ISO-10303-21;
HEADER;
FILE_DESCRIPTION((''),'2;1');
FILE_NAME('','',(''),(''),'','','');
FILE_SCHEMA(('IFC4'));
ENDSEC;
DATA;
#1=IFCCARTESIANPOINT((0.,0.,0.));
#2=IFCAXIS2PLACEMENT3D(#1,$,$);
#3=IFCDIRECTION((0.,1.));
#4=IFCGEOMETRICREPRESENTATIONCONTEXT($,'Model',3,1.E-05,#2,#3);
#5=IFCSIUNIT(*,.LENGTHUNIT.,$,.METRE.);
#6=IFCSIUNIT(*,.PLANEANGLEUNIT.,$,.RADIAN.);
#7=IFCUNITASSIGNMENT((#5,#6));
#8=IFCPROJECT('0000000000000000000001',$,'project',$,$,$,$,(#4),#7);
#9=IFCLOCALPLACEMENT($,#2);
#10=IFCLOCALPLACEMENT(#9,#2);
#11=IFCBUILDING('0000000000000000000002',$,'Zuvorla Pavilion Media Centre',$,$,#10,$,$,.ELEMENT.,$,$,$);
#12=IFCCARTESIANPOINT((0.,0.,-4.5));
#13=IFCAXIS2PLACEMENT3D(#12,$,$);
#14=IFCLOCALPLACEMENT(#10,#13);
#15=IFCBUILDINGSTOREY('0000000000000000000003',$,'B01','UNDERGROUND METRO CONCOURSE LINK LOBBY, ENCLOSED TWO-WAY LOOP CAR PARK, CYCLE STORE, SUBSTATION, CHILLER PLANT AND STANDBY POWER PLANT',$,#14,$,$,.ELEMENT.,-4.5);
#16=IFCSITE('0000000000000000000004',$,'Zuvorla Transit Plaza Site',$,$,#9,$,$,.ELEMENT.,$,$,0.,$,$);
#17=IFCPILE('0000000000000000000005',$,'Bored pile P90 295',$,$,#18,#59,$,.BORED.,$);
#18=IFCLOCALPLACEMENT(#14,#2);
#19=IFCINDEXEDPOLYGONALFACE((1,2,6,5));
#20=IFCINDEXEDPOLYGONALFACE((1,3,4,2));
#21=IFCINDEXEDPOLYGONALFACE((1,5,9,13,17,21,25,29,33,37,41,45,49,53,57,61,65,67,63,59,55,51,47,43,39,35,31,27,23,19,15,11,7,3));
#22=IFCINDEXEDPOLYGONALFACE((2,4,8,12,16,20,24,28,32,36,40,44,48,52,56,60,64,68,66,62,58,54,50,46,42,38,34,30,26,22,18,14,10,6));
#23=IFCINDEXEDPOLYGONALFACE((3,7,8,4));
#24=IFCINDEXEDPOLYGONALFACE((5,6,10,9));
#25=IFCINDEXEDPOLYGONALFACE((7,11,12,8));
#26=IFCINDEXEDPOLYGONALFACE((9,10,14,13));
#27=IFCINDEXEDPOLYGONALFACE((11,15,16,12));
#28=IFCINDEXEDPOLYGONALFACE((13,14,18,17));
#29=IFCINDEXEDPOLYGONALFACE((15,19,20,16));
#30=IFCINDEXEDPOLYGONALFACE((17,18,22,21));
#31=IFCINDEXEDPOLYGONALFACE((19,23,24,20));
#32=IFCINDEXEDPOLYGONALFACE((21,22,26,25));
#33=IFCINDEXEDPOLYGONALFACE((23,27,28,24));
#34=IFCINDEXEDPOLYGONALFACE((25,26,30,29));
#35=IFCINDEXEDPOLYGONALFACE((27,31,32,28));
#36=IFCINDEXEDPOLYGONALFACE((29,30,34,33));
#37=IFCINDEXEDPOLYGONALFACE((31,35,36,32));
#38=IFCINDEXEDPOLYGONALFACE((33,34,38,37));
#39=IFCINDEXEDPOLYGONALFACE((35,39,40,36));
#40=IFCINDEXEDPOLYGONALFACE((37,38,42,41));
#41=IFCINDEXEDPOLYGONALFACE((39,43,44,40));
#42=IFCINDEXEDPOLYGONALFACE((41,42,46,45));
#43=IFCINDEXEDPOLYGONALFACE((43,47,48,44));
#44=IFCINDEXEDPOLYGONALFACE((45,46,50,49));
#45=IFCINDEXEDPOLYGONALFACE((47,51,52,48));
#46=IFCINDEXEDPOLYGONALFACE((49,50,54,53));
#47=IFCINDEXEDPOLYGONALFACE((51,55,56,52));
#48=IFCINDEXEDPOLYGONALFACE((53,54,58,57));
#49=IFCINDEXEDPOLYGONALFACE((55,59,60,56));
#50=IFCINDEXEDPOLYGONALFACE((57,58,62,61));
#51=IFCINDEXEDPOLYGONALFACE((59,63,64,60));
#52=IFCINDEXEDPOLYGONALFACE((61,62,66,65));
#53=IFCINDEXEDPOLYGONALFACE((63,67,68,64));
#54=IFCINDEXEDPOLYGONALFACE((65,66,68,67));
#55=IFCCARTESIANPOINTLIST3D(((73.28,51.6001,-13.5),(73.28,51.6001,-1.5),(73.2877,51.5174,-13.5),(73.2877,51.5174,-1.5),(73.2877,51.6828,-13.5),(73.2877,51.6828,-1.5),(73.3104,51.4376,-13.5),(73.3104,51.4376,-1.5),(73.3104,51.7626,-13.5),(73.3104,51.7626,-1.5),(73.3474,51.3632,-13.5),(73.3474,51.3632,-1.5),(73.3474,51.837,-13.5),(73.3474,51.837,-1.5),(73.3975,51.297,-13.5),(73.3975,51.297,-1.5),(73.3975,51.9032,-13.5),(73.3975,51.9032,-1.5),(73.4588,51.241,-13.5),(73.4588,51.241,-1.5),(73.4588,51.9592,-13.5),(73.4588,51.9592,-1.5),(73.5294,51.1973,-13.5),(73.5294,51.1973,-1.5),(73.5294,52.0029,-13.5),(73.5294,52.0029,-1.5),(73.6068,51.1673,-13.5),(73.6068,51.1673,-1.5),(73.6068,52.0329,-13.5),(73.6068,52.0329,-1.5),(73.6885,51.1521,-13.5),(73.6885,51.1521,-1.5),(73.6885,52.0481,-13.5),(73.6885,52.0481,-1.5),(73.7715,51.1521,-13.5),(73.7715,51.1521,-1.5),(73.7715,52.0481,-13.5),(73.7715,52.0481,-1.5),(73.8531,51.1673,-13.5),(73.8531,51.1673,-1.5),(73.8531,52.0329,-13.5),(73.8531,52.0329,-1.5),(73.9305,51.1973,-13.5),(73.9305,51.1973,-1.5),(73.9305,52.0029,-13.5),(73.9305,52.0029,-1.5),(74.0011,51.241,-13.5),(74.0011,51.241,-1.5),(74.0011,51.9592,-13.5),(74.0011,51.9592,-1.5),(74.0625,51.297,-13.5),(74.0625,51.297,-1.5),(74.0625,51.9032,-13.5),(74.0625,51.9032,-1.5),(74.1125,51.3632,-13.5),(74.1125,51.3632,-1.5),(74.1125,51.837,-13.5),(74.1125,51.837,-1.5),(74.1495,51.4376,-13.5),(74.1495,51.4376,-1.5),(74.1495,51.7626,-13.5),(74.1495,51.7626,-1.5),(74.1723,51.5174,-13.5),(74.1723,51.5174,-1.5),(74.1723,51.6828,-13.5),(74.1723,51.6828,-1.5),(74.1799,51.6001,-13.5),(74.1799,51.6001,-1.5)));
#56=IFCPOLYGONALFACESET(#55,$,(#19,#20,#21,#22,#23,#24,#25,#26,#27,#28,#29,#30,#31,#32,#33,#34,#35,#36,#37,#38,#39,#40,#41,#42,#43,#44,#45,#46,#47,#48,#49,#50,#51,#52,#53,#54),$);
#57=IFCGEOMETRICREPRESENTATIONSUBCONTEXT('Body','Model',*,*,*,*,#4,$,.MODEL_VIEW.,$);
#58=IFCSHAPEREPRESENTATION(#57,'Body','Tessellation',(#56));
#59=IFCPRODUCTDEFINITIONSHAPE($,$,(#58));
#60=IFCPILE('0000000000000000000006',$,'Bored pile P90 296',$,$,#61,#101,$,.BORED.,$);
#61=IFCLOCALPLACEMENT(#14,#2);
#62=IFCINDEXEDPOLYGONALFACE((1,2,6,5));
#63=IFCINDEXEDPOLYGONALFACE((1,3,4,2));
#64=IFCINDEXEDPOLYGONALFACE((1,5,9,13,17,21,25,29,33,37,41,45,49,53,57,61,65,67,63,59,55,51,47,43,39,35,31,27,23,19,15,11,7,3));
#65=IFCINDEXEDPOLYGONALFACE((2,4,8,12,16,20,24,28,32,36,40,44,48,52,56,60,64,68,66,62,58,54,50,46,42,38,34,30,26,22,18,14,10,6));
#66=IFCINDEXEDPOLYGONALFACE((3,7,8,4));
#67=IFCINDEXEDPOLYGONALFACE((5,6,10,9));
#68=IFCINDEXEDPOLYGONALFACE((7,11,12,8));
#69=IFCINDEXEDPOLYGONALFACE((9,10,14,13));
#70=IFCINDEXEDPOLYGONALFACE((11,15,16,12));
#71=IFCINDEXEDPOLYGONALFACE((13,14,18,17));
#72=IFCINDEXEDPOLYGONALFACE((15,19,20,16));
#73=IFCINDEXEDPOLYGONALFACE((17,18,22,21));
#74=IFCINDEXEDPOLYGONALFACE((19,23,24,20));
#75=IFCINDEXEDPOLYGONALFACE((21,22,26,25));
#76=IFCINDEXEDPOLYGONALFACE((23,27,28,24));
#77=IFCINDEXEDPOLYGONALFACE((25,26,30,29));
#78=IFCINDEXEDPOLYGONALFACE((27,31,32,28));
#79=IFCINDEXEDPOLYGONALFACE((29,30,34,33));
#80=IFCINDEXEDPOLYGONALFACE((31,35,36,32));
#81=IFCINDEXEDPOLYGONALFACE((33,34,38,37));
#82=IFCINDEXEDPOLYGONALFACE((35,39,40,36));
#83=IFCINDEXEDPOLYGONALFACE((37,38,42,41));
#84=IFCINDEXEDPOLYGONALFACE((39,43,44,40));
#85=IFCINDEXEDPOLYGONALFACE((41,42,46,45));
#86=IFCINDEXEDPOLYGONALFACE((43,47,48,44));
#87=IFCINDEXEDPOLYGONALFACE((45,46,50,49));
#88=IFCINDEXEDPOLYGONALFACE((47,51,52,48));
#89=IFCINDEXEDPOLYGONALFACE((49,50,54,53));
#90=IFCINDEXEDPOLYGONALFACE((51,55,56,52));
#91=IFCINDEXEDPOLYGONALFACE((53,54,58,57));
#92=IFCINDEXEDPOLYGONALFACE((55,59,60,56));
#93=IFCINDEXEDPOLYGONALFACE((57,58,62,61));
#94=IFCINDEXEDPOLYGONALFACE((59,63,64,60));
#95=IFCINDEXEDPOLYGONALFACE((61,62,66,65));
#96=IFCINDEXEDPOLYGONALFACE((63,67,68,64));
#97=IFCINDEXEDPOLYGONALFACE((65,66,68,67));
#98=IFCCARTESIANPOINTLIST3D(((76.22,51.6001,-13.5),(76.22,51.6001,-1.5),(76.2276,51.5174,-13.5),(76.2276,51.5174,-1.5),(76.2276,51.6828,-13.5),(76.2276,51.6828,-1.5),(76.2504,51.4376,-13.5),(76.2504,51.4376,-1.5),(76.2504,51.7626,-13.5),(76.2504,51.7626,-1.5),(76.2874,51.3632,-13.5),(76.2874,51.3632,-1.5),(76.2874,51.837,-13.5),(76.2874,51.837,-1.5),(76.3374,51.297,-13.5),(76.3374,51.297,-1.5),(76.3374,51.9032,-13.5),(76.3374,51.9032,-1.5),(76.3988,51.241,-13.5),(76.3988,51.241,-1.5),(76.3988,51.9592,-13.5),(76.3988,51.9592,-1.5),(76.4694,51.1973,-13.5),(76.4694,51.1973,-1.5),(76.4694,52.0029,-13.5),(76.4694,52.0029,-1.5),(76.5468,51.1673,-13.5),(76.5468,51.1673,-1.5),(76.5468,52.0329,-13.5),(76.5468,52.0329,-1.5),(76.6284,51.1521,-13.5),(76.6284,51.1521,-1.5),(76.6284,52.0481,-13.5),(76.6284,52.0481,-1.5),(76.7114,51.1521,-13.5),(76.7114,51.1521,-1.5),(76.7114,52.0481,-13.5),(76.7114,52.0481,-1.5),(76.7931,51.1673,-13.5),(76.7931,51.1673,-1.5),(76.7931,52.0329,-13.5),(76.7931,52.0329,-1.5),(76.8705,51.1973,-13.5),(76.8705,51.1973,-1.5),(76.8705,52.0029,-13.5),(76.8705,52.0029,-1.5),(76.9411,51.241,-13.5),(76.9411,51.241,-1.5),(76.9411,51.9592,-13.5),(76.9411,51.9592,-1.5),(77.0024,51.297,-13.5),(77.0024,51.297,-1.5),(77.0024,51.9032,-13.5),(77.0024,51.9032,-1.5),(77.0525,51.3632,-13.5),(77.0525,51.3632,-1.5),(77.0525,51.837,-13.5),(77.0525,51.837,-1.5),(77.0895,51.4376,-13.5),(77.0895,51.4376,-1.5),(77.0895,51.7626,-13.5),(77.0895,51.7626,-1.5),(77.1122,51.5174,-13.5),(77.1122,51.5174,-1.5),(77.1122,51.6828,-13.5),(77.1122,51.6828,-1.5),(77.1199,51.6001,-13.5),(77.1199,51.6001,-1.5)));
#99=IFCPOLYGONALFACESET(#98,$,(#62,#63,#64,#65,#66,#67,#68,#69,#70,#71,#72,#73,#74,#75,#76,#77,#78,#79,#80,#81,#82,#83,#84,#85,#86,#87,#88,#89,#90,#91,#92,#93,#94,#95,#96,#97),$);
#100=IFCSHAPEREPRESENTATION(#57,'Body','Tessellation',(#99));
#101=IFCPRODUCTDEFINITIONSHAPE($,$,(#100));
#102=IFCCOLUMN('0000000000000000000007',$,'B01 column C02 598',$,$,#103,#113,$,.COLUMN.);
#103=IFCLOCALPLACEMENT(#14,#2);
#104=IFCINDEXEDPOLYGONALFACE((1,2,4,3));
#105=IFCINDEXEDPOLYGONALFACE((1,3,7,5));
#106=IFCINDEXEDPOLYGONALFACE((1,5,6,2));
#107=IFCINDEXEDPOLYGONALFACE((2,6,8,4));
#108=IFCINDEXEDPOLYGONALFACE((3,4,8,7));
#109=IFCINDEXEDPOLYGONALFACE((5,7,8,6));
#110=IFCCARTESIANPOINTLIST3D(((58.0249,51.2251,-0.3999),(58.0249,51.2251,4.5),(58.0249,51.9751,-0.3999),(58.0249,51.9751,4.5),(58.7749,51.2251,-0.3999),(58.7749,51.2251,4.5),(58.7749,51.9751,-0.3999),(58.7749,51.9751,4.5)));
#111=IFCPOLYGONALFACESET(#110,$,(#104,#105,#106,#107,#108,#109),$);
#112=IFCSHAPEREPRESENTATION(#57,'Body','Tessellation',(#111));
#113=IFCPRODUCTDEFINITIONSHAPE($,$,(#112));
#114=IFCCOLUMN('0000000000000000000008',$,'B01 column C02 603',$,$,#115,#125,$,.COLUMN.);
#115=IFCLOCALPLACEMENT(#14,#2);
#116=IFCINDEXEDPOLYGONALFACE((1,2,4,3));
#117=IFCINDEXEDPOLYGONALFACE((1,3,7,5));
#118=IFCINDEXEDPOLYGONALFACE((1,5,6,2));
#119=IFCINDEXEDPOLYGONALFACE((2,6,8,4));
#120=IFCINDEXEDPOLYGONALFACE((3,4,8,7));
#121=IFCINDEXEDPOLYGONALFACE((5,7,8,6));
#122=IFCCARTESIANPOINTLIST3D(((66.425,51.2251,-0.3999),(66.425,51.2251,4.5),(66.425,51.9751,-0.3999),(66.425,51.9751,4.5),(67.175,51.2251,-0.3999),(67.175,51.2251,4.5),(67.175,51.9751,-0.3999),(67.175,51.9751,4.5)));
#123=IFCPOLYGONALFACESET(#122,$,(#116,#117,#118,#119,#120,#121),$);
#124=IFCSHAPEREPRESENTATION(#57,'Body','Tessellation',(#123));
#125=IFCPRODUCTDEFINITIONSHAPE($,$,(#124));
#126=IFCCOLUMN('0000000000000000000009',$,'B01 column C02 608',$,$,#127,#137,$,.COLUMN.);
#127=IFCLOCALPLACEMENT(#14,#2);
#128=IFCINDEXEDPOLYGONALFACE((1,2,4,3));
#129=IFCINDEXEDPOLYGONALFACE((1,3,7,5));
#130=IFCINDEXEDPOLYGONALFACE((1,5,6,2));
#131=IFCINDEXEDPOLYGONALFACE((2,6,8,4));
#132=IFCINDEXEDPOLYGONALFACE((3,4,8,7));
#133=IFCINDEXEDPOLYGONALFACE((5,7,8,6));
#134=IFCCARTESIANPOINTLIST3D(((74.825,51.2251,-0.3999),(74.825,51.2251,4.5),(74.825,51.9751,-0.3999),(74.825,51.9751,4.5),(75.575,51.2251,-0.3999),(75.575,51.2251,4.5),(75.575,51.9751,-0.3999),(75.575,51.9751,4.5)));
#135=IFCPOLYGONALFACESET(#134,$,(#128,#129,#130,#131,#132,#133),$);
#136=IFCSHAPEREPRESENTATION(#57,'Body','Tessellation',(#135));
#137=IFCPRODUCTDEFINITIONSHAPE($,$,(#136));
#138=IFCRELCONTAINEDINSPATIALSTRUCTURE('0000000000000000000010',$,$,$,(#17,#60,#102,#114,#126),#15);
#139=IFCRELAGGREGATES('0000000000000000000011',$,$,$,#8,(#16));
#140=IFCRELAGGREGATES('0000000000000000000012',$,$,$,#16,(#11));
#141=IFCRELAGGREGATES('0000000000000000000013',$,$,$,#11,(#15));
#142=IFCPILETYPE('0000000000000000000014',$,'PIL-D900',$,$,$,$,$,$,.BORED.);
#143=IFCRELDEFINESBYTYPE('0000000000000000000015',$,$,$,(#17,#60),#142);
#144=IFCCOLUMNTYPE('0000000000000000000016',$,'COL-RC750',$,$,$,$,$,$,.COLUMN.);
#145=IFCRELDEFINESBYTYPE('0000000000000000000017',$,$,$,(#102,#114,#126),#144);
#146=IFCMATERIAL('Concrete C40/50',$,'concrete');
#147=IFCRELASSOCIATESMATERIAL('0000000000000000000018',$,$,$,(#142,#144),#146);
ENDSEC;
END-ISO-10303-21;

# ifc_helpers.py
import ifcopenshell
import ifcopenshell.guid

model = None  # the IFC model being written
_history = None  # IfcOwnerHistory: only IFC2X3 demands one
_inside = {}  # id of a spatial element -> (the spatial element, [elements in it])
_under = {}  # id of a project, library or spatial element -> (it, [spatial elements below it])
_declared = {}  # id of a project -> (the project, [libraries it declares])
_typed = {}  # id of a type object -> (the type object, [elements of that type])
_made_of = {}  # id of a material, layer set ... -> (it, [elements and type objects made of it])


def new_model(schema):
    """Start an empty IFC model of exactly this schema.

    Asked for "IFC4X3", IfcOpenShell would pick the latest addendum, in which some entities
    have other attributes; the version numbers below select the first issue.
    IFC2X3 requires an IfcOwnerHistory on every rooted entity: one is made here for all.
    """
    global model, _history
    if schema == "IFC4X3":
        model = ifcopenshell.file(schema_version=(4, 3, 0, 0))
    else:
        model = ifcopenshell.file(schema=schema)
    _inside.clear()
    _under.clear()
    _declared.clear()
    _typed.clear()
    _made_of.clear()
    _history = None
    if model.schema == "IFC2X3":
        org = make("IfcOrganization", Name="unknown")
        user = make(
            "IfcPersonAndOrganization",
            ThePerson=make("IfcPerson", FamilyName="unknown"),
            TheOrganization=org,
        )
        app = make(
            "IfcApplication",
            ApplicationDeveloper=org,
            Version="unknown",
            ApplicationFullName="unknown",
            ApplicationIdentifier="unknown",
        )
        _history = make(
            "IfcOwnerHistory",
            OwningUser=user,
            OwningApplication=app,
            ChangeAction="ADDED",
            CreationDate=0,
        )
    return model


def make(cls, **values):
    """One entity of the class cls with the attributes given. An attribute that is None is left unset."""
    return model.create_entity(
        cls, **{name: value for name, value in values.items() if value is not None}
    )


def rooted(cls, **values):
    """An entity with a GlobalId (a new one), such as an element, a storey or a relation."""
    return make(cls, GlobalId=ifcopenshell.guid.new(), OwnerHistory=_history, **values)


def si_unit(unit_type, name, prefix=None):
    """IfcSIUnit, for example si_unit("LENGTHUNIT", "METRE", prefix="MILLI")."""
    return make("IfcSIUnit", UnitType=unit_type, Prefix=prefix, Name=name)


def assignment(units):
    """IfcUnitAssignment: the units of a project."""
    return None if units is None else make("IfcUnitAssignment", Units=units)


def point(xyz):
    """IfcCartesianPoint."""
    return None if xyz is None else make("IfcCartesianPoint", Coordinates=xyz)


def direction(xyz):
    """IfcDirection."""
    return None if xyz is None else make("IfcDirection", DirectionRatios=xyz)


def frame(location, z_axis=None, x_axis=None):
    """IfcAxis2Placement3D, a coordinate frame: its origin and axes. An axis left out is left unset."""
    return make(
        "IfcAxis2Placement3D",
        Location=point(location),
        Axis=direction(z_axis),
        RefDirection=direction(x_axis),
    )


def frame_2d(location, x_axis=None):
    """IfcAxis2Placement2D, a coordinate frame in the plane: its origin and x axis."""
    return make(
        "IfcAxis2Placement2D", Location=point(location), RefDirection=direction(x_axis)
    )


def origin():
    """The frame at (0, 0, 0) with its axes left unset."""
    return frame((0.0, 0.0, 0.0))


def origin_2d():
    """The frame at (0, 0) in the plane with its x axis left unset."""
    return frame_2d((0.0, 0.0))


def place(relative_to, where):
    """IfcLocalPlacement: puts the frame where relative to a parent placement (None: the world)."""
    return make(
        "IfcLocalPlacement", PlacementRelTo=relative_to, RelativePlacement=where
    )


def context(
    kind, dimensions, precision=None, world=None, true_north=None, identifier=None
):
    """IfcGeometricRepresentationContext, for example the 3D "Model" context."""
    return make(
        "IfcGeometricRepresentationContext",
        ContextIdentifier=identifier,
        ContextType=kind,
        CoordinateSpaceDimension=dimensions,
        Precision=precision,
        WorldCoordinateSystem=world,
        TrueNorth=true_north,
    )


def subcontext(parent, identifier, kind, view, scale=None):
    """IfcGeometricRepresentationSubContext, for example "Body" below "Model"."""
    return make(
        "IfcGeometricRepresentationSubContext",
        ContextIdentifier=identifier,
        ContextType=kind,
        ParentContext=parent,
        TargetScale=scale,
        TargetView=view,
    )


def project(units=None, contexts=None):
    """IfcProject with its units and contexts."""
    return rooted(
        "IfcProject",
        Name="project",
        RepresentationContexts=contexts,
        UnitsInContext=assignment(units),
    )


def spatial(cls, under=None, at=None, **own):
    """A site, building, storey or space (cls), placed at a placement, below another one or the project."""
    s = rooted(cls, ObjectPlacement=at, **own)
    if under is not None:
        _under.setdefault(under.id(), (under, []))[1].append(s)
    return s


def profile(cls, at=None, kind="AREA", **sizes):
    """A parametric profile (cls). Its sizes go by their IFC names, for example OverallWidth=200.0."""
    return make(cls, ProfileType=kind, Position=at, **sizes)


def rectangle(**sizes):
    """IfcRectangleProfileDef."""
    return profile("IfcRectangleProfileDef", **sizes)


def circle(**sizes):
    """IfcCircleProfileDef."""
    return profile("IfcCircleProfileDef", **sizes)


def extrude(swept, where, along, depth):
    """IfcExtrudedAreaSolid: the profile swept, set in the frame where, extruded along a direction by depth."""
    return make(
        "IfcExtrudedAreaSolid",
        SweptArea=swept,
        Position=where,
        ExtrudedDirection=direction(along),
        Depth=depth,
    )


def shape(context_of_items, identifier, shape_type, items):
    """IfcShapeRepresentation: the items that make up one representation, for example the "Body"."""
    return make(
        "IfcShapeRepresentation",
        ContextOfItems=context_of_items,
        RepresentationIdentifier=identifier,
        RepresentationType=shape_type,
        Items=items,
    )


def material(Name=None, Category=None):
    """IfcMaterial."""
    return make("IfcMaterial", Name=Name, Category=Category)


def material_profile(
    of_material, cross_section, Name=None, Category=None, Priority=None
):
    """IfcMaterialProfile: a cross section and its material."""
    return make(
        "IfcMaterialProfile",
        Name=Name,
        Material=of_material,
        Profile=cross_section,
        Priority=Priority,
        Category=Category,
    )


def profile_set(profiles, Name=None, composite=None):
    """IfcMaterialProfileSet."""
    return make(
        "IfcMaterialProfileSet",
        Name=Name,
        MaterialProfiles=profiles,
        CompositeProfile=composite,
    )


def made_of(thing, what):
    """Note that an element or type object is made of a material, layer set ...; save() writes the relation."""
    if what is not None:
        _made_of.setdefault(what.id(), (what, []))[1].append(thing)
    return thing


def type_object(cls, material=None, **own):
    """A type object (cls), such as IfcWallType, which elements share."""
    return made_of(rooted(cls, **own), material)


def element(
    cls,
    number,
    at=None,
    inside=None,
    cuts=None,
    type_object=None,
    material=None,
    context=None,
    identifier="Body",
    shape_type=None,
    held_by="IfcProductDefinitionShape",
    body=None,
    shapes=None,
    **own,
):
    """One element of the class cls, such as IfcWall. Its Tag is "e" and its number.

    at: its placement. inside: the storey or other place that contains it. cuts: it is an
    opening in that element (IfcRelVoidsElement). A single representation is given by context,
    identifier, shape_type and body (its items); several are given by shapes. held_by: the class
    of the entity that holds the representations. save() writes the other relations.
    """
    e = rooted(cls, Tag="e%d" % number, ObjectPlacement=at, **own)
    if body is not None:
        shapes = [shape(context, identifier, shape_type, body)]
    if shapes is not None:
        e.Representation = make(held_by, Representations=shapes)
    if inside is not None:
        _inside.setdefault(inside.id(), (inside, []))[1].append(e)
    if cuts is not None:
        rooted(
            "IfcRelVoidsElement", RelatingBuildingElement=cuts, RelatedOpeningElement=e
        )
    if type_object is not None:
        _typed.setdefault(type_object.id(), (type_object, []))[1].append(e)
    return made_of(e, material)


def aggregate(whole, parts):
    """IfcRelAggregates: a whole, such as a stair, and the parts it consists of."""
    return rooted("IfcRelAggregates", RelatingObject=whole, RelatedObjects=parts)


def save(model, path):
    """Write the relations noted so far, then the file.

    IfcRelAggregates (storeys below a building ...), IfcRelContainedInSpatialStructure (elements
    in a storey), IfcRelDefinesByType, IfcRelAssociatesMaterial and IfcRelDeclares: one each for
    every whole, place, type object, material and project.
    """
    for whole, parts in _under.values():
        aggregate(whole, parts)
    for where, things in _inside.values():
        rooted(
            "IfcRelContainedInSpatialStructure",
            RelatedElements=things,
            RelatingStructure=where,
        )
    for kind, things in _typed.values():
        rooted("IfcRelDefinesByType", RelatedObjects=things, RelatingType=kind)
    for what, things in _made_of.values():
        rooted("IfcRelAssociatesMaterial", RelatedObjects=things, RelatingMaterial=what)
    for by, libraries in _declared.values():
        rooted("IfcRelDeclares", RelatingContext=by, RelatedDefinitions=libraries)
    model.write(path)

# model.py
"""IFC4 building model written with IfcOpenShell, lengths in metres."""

from ifc_helpers import new_model, si_unit, direction, frame, origin, origin_2d, place, context, subcontext, project, spatial, rectangle, circle, extrude, material, material_profile, profile_set, type_object, element, save


model = new_model("IFC4")

# Units and contexts
model_context = context("Model", 3, precision=1e-05, world=origin(), true_north=direction((0.0, 1.0)))
body_context = subcontext(model_context, "Body", "Model", "MODEL_VIEW")
ifc_project = project(units=[si_unit("LENGTHUNIT", "METRE"), si_unit("PLANEANGLEUNIT", "RADIAN")], contexts=[model_context])

# Site, building, storey
site_placement = place(None, origin())
site = spatial("IfcSite", under=ifc_project, at=site_placement, Name="Zuvorla Transit Plaza Site", CompositionType="ELEMENT", RefElevation=0.0)
building_placement = place(site_placement, origin())
building = spatial("IfcBuilding", under=site, at=building_placement, Name="Zuvorla Pavilion Media Centre", CompositionType="ELEMENT")
storey_placement = place(building_placement, frame((0.0, 0.0, -4.5)))
storey = spatial("IfcBuildingStorey", under=building, at=storey_placement, Name="B01", Description="UNDERGROUND METRO CONCOURSE LINK LOBBY, ENCLOSED TWO-WAY LOOP CAR PARK, CYCLE STORE, SUBSTATION, CHILLER PLANT AND STANDBY POWER PLANT", CompositionType="ELEMENT", Elevation=-4.5)

# Shared definitions
ifc_material = material(Name="Concrete C40/50", Category="concrete")

# Piles
ifc_material_profile_1 = material_profile(ifc_material, circle(Radius=0.45, at=origin_2d()), Name="BORED PILE 900")
ifc_profile_set_1 = profile_set([ifc_material_profile_1], Name="Concrete C40/50")
pile_type = type_object("IfcPileType", Name="PIL-D900", PredefinedType="BORED", material=ifc_profile_set_1)
for number, where, z_axis, x_axis, name in (
    (1, (73.73, 51.6001, -1.5), (0.0, 0.0, -1.0), (1.0, 0.0, 0.0), "Bored pile P90 295"),
    (2, (76.6699, 51.6001, -1.5), (0.0, 0.0, -1.0), (1.0, 0.0, 0.0), "Bored pile P90 296"),
):
    element("IfcPile", number, at=place(storey_placement, frame(where, z_axis=z_axis, x_axis=x_axis)), inside=storey, type_object=pile_type, Name=name, PredefinedType="BORED", context=body_context, shape_type="SweptSolid", body=[
        extrude(circle(Radius=0.45, at=origin_2d()), origin(), (0.0, 0.0, 1.0), 12.0),
    ])

# Columns
ifc_material_profile_2 = material_profile(ifc_material, rectangle(XDim=0.75, YDim=0.75, at=origin_2d()), Name="RC 750x750")
ifc_profile_set_2 = profile_set([ifc_material_profile_2], Name="Concrete C40/50")
column_type = type_object("IfcColumnType", Name="COL-RC750", PredefinedType="COLUMN", material=ifc_profile_set_2)
for number, where, z_axis, x_axis, name in (
    (3, (58.3999, 51.6001, -0.3999), (0.0, 0.0, 1.0), (1.0, 0.0, 0.0), "B01 column C02 598"),
    (4, (66.8, 51.6001, -0.3999), (0.0, 0.0, 1.0), (1.0, 0.0, 0.0), "B01 column C02 603"),
    (5, (75.2, 51.6001, -0.3999), (0.0, 0.0, 1.0), (1.0, 0.0, 0.0), "B01 column C02 608"),
):
    element("IfcColumn", number, at=place(storey_placement, frame(where, z_axis=z_axis, x_axis=x_axis)), inside=storey, type_object=column_type, Name=name, PredefinedType="COLUMN", context=body_context, shape_type="SweptSolid", body=[
        extrude(rectangle(XDim=0.75, YDim=0.75, at=origin_2d()), origin(), (0.0, 0.0, 1.0), 4.8999),
    ])

save(model, "model.ifc")
